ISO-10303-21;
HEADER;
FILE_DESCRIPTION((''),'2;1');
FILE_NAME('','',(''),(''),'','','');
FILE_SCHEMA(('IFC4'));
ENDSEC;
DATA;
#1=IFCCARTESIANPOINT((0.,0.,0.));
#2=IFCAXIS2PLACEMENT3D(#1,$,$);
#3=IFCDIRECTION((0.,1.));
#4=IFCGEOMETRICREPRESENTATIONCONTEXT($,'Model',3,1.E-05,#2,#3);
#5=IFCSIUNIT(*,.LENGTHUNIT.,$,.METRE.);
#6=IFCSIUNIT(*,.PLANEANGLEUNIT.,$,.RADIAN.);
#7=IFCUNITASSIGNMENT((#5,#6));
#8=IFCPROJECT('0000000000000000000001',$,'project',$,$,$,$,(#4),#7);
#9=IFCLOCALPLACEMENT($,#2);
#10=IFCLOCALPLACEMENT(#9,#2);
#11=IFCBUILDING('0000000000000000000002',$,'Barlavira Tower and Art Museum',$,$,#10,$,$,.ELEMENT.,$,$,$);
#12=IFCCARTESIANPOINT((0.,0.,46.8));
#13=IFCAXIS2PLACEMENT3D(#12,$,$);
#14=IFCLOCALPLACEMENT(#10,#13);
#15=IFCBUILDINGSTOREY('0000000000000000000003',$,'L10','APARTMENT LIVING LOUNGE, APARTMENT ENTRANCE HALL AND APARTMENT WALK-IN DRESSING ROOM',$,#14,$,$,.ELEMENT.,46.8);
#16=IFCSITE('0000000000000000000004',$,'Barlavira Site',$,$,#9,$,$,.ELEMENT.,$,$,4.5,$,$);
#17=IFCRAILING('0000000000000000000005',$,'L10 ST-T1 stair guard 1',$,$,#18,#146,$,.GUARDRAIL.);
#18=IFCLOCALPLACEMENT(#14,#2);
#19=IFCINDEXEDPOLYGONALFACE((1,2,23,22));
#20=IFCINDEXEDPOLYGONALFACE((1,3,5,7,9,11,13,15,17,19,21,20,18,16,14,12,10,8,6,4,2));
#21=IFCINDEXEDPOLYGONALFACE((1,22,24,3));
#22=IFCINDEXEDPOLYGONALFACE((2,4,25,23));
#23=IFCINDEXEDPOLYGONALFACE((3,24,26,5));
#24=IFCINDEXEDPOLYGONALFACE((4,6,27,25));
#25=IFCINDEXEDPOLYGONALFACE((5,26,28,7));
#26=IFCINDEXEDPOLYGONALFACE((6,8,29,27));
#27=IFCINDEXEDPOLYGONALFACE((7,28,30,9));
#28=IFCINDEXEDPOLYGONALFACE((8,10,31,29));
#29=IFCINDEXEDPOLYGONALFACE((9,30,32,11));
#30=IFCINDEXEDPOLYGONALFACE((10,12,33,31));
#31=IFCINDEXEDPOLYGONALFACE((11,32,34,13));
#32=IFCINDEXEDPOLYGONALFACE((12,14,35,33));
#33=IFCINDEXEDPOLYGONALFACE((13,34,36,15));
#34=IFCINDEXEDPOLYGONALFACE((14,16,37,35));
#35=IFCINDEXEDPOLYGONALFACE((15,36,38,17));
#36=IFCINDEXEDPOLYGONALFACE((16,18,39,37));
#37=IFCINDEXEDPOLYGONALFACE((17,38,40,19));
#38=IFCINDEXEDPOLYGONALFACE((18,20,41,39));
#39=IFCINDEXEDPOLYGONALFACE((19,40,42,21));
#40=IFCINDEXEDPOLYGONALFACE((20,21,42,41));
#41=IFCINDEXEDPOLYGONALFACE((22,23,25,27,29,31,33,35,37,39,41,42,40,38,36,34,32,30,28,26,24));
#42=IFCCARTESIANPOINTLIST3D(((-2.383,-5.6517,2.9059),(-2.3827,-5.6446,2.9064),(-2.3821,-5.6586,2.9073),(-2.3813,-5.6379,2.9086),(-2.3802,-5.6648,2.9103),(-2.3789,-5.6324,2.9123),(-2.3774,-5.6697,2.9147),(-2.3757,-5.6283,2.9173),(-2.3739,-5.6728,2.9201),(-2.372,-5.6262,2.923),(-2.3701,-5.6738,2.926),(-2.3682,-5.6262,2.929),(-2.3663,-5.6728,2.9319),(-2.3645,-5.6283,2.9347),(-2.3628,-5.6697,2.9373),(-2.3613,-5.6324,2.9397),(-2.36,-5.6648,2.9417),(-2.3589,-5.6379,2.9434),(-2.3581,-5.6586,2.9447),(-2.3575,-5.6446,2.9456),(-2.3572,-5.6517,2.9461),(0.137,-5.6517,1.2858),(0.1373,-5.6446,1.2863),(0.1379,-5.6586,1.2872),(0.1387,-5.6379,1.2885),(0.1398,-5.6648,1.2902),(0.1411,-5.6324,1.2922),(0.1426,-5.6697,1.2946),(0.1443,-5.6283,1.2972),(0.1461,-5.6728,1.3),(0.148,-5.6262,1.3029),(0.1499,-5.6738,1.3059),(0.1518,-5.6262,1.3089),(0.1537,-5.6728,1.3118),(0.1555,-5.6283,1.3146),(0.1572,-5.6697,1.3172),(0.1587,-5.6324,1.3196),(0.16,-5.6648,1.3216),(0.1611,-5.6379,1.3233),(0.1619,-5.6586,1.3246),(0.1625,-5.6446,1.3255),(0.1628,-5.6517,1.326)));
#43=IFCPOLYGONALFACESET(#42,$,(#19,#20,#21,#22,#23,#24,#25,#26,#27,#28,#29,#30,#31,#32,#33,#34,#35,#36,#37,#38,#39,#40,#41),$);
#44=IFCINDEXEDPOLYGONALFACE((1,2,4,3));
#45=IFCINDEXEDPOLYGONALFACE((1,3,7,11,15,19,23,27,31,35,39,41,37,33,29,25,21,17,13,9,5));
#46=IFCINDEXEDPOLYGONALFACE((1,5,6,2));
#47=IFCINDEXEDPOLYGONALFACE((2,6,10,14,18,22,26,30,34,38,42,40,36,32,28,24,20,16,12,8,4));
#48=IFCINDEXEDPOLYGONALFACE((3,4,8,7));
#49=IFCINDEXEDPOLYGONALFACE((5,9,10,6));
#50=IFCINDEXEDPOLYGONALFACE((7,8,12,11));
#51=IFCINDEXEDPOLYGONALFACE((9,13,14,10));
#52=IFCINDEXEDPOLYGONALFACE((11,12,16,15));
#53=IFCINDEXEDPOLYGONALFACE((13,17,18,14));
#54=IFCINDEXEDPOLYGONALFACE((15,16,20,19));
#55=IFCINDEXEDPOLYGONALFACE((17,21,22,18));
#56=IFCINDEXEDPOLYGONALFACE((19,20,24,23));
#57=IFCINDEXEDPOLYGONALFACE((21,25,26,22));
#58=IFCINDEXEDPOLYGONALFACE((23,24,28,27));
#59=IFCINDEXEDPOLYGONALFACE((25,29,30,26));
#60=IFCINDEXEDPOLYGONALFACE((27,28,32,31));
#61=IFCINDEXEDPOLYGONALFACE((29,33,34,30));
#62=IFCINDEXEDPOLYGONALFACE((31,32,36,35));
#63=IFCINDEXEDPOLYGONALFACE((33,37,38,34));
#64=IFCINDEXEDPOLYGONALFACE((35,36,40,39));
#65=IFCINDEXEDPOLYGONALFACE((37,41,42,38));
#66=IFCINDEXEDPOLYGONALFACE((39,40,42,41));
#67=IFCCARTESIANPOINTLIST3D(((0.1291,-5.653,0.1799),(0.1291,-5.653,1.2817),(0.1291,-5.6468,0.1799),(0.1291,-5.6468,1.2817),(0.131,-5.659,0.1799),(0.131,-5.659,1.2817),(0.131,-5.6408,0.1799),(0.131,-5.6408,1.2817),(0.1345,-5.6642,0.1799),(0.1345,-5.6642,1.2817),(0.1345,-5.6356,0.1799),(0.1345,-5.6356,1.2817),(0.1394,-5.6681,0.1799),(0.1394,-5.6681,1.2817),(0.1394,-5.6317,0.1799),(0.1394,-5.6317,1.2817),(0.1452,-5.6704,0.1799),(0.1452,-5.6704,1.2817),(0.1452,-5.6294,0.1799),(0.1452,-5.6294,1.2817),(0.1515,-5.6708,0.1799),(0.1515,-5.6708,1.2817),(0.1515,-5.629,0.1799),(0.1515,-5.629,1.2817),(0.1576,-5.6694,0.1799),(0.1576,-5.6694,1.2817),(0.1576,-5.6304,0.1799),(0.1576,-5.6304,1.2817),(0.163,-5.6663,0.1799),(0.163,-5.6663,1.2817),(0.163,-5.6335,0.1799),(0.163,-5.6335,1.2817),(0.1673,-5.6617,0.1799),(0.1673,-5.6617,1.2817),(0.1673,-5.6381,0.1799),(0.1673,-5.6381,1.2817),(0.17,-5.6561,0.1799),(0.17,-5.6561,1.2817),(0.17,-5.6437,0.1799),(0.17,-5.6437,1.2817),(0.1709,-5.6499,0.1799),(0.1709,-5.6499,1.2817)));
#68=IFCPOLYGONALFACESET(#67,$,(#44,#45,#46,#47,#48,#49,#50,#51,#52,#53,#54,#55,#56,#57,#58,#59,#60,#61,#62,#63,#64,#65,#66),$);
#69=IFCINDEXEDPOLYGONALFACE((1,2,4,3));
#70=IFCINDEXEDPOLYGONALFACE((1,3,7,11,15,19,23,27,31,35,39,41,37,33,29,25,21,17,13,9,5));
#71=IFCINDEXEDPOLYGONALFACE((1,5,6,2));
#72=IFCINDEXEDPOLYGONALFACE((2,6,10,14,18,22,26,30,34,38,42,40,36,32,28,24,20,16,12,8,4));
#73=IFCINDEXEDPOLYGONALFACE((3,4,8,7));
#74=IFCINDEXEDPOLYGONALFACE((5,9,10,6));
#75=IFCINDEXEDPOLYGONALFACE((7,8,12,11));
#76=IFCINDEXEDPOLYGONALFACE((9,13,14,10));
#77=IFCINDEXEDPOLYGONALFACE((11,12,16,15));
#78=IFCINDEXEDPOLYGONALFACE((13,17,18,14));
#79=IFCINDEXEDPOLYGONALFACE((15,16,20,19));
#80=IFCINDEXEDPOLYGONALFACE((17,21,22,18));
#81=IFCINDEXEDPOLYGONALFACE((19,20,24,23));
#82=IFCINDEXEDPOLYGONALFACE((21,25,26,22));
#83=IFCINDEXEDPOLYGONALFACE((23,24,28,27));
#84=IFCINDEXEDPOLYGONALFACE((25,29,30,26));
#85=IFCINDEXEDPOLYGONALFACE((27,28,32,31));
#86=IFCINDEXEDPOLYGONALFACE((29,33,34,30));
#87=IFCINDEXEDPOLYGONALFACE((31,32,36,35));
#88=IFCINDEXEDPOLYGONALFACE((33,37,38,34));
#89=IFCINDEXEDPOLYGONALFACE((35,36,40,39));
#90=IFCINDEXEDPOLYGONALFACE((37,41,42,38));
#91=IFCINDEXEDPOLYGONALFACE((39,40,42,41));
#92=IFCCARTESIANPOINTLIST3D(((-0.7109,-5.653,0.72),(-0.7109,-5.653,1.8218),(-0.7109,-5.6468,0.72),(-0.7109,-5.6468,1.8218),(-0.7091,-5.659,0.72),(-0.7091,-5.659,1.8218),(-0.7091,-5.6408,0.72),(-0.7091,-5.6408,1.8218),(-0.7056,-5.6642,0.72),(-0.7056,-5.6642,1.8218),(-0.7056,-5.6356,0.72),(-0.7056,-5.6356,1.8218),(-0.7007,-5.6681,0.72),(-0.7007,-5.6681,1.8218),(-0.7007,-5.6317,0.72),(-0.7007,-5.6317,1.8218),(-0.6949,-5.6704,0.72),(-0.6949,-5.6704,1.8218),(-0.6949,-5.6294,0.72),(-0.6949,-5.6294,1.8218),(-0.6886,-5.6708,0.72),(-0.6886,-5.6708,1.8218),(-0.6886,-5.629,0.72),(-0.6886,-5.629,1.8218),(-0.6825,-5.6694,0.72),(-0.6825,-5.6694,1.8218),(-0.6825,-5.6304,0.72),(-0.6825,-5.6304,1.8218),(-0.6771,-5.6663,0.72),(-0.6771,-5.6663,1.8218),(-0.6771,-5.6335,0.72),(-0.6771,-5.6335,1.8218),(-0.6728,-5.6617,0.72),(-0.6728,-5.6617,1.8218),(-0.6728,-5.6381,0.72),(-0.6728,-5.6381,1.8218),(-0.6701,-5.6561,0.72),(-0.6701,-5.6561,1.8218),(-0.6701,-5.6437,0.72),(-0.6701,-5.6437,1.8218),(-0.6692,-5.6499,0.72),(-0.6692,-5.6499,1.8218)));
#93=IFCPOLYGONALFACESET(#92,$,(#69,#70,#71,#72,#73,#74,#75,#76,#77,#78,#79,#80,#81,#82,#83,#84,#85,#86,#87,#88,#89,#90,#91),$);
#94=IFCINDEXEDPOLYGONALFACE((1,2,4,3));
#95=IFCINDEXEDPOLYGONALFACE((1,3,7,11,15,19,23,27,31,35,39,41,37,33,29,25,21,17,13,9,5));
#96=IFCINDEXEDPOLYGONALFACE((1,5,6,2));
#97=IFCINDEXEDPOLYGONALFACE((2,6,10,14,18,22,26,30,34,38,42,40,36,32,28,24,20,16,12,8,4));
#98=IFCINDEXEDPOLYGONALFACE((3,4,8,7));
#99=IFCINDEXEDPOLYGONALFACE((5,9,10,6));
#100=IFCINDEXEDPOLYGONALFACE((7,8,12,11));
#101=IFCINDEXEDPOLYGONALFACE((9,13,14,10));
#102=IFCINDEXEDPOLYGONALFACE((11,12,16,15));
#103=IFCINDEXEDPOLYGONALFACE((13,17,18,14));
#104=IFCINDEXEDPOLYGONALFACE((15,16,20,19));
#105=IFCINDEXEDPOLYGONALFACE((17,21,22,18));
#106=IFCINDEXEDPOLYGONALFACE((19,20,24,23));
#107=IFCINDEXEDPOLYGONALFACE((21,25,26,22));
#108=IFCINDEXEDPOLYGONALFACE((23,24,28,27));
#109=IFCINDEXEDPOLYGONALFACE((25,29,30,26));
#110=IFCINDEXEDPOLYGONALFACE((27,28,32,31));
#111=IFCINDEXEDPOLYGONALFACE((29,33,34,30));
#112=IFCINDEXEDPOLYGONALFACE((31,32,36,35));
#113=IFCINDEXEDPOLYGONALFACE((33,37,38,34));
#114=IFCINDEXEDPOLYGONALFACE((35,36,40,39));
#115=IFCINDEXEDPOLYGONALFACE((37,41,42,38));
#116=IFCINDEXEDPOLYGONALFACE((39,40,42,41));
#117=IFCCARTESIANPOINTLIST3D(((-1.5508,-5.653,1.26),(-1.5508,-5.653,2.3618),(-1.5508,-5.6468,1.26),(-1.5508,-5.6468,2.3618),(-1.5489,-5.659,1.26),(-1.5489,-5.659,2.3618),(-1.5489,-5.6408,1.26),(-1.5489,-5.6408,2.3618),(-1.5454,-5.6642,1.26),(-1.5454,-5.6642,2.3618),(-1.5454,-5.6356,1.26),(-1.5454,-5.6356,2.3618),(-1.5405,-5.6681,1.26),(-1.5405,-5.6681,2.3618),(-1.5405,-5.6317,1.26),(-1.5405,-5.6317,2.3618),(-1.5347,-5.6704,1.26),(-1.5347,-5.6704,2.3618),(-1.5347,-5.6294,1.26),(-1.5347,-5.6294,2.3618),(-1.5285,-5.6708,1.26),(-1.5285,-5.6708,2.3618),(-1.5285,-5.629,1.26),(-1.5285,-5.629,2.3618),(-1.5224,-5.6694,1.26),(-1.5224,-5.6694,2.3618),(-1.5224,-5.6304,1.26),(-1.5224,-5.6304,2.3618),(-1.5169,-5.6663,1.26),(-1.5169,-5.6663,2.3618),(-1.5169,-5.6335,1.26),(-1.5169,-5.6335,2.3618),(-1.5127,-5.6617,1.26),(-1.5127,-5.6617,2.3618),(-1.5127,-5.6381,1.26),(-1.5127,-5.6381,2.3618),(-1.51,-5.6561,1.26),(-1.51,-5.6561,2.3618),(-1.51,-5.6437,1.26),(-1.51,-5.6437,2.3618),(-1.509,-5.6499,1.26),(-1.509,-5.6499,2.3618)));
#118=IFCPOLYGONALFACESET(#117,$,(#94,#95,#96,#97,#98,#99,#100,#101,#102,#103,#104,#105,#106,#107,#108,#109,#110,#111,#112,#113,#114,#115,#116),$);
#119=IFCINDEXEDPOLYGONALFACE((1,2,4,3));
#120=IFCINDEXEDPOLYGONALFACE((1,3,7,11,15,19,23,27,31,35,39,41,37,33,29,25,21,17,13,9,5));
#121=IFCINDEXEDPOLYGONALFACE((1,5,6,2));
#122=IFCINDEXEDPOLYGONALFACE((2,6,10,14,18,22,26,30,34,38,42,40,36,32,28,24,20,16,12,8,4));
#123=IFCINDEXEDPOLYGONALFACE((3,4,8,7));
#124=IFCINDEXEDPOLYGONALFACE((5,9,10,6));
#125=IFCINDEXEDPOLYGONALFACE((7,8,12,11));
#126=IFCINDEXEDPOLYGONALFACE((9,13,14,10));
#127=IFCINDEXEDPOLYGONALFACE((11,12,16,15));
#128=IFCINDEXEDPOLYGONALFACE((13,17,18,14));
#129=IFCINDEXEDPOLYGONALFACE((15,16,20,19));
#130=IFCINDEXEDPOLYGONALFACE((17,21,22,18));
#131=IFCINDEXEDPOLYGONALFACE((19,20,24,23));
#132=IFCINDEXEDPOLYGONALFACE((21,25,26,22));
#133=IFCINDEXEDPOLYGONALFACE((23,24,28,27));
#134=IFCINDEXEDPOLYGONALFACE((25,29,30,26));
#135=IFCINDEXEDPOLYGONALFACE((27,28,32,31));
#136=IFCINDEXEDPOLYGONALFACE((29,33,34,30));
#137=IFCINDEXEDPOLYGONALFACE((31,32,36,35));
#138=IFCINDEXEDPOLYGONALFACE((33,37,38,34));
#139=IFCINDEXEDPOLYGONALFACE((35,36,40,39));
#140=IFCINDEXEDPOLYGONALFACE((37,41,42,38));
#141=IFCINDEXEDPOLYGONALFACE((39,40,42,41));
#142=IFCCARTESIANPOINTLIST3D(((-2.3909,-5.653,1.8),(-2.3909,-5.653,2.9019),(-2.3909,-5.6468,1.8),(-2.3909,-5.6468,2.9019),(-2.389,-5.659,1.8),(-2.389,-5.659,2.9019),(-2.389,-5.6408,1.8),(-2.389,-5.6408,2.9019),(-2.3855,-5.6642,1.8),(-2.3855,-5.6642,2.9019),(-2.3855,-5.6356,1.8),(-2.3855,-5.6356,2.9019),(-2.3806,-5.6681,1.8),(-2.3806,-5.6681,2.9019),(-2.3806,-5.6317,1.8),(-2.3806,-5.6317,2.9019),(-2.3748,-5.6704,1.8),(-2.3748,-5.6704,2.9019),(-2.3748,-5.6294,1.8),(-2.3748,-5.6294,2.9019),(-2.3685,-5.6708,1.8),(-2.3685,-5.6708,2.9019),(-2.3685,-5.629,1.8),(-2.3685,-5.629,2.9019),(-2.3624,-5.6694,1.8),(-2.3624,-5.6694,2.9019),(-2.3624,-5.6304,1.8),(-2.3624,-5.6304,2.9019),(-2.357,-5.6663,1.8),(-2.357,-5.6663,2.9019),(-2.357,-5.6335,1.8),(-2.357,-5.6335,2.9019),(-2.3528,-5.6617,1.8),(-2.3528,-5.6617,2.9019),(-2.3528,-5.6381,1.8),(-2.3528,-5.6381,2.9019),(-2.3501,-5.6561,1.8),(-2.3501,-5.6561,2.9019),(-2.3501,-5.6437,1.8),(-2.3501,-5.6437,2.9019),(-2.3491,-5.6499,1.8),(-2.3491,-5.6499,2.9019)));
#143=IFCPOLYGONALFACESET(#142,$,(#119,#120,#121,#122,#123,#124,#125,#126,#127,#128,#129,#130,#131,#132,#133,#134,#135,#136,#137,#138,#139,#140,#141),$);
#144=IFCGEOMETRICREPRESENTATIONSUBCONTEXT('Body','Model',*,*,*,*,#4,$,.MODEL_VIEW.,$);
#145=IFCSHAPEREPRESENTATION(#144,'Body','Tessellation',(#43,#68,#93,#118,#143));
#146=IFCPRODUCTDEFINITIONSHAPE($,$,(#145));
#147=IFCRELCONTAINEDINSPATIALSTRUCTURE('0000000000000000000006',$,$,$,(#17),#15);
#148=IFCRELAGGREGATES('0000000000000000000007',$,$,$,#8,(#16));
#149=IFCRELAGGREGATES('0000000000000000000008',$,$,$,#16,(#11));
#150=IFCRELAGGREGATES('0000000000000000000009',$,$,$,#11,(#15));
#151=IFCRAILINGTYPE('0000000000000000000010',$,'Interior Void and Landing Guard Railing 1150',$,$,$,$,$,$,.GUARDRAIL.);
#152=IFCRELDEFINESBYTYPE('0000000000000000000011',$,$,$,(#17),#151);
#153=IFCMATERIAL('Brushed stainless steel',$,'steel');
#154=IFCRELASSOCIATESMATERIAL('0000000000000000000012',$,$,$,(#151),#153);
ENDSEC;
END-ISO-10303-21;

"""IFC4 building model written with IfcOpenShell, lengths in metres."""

from ifc_helpers import new_model, si_unit, direction, frame, origin, origin_2d, place, context, subcontext, project, spatial, circle, extrude, material, type_object, element, save


model = new_model("IFC4")

# Units and contexts
model_context = context("Model", 3, precision=1e-05, world=origin(), true_north=direction((0.0, 1.0)))
body_context = subcontext(model_context, "Body", "Model", "MODEL_VIEW")
ifc_project = project(units=[si_unit("LENGTHUNIT", "METRE"), si_unit("PLANEANGLEUNIT", "RADIAN")], contexts=[model_context])

# Site, building, storey
site_placement = place(None, origin())
site = spatial("IfcSite", under=ifc_project, at=site_placement, Name="Barlavira Site", CompositionType="ELEMENT", RefElevation=4.5)
building_placement = place(site_placement, origin())
building = spatial("IfcBuilding", under=site, at=building_placement, Name="Barlavira Tower and Art Museum", CompositionType="ELEMENT")
storey_placement = place(building_placement, frame((0.0, 0.0, 46.8)))
storey = spatial("IfcBuildingStorey", under=building, at=storey_placement, Name="L10", Description="APARTMENT LIVING LOUNGE, APARTMENT ENTRANCE HALL AND APARTMENT WALK-IN DRESSING ROOM", CompositionType="ELEMENT", Elevation=46.8)

# Shared definitions
ifc_material_1 = material(Name="Brushed stainless steel", Category="steel")

# Railing
railing_type_1 = type_object("IfcRailingType", Name="Interior Void and Landing Guard Railing 1150", PredefinedType="GUARDRAIL", material=ifc_material_1)
railing_1_placement = place(storey_placement, frame((0.1499, -5.6499, 0.1799)))
element("IfcRailing", 1, at=railing_1_placement, inside=storey, type_object=railing_type_1, Name="L10 ST-T1 stair guard 1", PredefinedType="GUARDRAIL", context=body_context, shape_type="SweptSolid", body=[
    extrude(circle(Radius=0.0239, at=origin_2d()), frame((0.0, 0.0, 1.126), z_axis=(-0.841163, 0.0, 0.540782), x_axis=(0.0, -1.0, 0.0)), (0.0, 0.0, 1.0), 2.9958),
    extrude(circle(Radius=0.021, at=origin_2d()), origin(), (0.0, 0.0, 1.0), 1.1018),
    extrude(circle(Radius=0.021, at=origin_2d()), frame((-0.8401, 0.0, 0.54)), (0.0, 0.0, 1.0), 1.1018),
    extrude(circle(Radius=0.021, at=origin_2d()), frame((-1.6799, 0.0, 1.0801)), (0.0, 0.0, 1.0), 1.1018),
    extrude(circle(Radius=0.021, at=origin_2d()), frame((-2.52, 0.0, 1.6201)), (0.0, 0.0, 1.0), 1.1018),
])

save(model, "model.ifc")
